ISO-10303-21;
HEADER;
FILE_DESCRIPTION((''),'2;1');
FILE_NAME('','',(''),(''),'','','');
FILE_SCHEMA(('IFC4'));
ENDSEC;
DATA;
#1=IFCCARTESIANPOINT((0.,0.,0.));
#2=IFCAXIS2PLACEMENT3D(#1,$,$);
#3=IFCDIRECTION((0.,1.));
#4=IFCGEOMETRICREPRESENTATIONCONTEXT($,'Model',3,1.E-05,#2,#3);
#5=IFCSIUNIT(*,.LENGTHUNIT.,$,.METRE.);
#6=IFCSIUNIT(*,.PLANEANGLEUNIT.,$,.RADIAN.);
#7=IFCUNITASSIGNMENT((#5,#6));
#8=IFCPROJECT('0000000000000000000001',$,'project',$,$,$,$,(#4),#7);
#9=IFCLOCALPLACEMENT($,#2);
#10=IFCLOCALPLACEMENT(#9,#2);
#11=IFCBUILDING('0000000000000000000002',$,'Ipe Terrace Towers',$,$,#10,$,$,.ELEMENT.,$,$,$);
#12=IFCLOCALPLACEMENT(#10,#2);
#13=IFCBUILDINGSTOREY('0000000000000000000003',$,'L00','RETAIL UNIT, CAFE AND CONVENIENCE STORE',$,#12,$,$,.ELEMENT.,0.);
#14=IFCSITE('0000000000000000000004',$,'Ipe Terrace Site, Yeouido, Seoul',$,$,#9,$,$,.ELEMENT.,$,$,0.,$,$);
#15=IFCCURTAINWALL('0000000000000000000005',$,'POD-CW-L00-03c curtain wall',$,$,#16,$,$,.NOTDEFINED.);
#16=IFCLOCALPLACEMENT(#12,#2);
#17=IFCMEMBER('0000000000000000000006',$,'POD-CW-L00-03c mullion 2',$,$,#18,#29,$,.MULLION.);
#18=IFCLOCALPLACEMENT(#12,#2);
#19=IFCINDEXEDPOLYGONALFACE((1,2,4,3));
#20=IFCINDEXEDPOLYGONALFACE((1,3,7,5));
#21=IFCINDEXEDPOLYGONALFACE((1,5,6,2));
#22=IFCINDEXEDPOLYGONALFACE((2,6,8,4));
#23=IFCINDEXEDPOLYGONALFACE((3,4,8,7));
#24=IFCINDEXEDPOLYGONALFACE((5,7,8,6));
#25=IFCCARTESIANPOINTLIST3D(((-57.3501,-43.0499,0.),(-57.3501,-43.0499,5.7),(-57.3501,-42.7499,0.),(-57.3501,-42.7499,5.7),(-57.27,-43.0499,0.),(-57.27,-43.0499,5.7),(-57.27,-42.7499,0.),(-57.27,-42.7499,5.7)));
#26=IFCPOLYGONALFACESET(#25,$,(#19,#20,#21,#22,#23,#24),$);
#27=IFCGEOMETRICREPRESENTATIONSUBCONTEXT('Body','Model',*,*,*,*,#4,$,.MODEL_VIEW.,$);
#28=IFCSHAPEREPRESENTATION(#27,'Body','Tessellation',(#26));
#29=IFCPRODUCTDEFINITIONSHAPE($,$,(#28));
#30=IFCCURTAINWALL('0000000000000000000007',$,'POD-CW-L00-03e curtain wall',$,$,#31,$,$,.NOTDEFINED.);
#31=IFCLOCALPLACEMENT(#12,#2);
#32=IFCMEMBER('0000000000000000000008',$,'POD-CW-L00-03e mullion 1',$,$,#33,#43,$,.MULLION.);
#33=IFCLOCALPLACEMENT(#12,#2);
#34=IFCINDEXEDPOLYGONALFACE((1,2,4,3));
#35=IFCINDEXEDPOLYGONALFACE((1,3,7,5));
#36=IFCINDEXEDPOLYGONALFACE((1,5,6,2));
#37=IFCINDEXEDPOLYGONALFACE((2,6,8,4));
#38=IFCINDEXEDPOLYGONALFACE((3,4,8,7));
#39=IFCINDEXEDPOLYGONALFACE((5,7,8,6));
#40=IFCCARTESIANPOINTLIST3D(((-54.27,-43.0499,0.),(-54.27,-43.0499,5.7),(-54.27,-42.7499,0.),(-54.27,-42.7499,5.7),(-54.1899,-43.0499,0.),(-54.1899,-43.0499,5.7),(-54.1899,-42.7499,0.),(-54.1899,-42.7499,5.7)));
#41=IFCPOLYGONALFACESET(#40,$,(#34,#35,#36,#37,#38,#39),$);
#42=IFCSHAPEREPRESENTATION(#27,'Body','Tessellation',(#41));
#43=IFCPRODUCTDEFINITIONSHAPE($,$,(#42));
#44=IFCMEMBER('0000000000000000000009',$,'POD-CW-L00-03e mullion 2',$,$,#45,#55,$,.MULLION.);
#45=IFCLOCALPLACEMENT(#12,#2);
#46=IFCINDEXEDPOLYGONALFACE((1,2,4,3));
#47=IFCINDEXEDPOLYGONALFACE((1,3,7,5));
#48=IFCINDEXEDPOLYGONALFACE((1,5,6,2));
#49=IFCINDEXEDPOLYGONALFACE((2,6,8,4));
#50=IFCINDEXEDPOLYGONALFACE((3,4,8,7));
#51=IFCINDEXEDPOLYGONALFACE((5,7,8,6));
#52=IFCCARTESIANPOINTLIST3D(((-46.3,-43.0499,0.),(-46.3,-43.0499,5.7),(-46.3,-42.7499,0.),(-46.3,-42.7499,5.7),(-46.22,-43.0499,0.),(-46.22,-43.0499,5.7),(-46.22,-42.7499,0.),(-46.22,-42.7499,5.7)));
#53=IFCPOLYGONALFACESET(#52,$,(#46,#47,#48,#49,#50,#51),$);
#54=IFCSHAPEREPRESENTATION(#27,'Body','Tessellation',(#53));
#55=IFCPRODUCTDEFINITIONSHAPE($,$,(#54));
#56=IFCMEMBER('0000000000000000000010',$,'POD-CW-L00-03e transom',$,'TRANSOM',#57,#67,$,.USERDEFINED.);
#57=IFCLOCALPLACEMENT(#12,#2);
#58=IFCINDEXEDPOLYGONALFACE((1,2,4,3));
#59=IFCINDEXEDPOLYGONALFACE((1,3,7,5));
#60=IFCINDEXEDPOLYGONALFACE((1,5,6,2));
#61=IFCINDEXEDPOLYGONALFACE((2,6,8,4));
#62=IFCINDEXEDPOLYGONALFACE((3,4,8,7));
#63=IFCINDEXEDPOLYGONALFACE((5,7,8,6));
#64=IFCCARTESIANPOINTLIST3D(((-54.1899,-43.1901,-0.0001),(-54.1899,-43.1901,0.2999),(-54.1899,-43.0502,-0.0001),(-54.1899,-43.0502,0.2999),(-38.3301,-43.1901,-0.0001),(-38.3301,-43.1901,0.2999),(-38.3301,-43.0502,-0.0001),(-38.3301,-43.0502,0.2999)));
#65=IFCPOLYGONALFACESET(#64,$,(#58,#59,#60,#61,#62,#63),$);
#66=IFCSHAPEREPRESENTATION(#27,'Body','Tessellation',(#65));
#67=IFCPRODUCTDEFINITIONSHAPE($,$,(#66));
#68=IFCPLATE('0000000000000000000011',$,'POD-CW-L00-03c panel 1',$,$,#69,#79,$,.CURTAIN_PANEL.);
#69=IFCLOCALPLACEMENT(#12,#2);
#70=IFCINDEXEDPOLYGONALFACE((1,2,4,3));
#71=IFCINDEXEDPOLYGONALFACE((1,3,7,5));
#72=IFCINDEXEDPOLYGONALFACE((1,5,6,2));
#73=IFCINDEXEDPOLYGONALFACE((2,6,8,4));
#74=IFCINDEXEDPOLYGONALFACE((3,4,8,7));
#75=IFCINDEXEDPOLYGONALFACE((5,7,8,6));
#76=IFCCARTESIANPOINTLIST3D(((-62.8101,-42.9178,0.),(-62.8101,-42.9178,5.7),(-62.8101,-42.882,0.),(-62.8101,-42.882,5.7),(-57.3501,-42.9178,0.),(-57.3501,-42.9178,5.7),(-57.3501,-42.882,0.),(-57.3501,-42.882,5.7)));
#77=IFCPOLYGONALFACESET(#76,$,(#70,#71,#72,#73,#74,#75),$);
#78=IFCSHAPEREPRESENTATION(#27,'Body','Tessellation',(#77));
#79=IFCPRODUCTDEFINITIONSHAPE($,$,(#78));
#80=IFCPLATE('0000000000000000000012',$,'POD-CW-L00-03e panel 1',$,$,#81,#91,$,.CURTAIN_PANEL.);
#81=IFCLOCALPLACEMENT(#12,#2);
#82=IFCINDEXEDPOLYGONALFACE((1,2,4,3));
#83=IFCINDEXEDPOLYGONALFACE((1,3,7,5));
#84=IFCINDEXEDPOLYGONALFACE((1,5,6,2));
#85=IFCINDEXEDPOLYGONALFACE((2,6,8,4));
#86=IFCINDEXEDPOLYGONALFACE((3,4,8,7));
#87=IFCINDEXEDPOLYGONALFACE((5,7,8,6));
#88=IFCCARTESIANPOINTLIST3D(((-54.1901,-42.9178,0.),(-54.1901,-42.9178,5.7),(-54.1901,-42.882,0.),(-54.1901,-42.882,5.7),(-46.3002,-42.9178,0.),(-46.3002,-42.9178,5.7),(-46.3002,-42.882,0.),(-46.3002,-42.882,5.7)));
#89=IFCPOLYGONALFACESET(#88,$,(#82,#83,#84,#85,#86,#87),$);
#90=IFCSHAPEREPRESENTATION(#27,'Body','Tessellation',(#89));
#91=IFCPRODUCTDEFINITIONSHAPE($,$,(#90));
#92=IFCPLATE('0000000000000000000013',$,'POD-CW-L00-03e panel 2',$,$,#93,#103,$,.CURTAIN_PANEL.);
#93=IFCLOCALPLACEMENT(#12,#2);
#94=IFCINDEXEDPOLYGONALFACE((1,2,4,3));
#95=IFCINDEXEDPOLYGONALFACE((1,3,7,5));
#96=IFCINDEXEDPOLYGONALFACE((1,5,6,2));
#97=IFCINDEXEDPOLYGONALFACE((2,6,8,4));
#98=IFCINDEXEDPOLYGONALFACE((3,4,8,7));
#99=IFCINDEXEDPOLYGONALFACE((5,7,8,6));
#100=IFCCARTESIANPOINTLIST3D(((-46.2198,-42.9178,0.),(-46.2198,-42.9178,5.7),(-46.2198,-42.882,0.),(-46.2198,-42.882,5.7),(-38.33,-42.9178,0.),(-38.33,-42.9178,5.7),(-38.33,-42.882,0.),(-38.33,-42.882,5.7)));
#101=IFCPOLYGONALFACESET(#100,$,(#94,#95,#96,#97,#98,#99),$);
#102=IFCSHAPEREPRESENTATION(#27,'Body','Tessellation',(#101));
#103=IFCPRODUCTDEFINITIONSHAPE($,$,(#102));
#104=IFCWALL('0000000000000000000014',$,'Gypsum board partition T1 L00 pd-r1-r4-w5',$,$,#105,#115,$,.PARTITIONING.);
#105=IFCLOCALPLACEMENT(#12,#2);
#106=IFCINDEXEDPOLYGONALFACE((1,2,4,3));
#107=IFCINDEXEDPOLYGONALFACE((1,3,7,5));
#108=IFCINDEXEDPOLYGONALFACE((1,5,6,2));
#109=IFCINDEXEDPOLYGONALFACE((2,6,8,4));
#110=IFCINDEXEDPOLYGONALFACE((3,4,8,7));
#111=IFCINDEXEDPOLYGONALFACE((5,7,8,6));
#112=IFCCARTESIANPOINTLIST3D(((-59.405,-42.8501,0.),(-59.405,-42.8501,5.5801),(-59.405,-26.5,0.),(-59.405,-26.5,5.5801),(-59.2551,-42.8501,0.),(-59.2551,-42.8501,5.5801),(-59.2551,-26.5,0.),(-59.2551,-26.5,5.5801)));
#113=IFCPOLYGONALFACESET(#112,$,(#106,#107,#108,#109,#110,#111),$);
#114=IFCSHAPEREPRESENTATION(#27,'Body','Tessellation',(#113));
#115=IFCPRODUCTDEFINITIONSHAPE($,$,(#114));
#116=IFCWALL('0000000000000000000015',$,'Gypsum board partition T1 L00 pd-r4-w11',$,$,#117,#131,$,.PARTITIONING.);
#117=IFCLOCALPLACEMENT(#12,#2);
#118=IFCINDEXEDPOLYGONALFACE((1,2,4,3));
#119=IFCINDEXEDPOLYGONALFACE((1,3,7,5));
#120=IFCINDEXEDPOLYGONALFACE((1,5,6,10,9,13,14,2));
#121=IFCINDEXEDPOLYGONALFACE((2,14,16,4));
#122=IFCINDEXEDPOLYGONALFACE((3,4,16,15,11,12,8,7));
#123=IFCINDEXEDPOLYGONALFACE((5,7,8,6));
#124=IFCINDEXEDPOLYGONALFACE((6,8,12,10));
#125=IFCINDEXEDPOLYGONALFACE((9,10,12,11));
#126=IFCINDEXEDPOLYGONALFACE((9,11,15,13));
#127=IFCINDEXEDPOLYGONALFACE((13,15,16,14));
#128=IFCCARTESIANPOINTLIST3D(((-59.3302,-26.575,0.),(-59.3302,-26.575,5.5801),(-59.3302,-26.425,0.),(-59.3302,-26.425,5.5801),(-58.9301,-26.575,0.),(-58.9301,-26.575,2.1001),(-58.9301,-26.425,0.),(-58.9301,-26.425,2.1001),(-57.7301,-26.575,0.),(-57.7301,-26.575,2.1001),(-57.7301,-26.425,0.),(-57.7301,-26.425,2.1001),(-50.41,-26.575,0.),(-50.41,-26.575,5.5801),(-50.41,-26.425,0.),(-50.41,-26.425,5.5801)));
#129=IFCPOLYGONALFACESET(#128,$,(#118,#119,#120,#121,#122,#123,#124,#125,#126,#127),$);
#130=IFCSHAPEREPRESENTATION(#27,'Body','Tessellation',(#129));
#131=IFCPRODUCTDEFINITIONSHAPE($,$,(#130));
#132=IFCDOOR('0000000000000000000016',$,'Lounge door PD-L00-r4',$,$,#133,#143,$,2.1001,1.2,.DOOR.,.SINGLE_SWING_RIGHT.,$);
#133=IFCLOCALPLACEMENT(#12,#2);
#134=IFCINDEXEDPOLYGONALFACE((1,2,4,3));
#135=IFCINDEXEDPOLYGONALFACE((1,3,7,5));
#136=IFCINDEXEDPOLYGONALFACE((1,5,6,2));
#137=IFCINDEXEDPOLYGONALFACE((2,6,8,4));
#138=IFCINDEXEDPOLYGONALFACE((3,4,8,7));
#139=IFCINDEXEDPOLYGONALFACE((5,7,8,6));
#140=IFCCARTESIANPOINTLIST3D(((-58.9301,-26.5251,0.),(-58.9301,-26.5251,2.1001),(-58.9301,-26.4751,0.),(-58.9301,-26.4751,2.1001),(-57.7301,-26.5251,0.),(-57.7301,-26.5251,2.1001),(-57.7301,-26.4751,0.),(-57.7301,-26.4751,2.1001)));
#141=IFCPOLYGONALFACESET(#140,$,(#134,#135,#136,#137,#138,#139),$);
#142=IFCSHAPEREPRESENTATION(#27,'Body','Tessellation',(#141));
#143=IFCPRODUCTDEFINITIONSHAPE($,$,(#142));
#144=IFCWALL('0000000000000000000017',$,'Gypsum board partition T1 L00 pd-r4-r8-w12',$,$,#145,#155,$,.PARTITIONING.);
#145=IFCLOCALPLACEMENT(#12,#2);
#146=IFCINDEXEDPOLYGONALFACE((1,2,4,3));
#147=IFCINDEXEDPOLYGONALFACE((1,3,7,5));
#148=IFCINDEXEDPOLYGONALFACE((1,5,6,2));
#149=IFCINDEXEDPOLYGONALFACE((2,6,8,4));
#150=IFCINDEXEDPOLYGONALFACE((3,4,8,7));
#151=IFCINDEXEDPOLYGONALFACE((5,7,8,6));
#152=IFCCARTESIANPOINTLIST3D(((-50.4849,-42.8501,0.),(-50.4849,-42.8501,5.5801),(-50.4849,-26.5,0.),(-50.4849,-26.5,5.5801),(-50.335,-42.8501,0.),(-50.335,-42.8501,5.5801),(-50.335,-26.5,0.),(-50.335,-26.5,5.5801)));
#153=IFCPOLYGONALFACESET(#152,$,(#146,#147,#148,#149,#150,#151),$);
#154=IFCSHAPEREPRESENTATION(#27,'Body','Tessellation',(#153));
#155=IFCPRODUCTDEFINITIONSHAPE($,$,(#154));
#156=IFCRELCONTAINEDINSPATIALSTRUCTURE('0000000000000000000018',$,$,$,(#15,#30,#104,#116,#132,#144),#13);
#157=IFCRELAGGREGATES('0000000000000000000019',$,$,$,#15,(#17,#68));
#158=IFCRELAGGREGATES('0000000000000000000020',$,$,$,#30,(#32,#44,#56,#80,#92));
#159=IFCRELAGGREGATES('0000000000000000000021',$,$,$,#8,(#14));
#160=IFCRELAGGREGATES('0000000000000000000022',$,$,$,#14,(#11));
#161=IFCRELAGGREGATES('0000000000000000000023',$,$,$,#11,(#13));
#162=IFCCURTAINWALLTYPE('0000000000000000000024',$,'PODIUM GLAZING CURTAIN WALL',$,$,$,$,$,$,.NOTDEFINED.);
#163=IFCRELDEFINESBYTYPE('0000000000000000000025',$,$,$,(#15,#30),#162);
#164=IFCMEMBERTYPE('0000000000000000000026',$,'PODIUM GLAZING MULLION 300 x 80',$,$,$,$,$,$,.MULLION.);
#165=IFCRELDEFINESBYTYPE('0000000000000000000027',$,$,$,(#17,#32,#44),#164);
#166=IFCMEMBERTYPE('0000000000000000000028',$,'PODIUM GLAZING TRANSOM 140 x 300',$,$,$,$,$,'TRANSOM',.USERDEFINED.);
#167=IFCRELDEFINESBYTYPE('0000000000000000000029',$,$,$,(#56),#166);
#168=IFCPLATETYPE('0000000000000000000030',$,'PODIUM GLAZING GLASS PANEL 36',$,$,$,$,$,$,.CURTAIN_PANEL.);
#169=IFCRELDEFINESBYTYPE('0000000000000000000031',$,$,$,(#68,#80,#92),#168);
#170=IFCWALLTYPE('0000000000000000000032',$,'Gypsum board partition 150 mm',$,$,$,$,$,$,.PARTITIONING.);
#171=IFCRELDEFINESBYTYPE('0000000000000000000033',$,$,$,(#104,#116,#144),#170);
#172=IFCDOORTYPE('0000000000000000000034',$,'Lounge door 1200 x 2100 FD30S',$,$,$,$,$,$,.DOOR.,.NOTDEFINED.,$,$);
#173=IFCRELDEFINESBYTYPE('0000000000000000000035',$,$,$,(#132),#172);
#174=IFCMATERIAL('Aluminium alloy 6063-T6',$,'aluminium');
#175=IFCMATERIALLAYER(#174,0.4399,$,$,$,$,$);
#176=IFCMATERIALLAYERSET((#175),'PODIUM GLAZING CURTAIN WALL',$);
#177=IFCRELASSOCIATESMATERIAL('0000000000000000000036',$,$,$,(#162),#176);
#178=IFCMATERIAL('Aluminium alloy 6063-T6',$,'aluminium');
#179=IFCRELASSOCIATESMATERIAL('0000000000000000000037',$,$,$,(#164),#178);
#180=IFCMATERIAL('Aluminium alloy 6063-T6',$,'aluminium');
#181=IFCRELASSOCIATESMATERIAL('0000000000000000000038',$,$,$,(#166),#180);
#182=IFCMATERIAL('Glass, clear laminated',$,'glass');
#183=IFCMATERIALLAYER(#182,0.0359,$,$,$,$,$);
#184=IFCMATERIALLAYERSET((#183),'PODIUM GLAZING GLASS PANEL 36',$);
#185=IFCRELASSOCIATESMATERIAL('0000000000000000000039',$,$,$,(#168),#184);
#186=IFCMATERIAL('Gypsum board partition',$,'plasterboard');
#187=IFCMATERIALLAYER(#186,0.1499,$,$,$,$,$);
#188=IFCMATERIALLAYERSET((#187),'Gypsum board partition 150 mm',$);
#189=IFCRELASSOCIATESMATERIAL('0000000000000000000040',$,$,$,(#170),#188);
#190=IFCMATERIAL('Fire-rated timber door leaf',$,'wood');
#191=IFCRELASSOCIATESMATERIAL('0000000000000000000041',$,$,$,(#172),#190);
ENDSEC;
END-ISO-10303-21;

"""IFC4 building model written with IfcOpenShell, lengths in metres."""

from ifc_helpers import new_model, si_unit, direction, frame, frame_2d, origin, origin_2d, place, context, subcontext, project, spatial, rectangle, extrude, material, layer, layer_set, material_profile, profile_set, type_object, element, fill, aggregate, save


model = new_model("IFC4")

# Units and contexts
model_context = context("Model", 3, precision=1e-05, world=origin(), true_north=direction((0.0, 1.0)))
body_context = subcontext(model_context, "Body", "Model", "MODEL_VIEW")
ifc_project = project(units=[si_unit("LENGTHUNIT", "METRE"), si_unit("PLANEANGLEUNIT", "RADIAN")], contexts=[model_context])

# Site, building, storey
site_placement = place(None, origin())
site = spatial("IfcSite", under=ifc_project, at=site_placement, Name="Ipe Terrace Site, Yeouido, Seoul", CompositionType="ELEMENT", RefElevation=0.0)
building_placement = place(site_placement, origin())
building = spatial("IfcBuilding", under=site, at=building_placement, Name="Ipe Terrace Towers", CompositionType="ELEMENT")
storey_placement = place(building_placement, origin())
storey = spatial("IfcBuildingStorey", under=building, at=storey_placement, Name="L00", Description="RETAIL UNIT, CAFE AND CONVENIENCE STORE", CompositionType="ELEMENT", Elevation=0.0)

# Curtain wall, member
ifc_material_1 = material(Name="Aluminium alloy 6063-T6", Category="aluminium")
ifc_layer_1 = layer(ifc_material_1, 0.4399)
ifc_layer_set_1 = layer_set([ifc_layer_1], Name="PODIUM GLAZING CURTAIN WALL")
curtain_wall_type = type_object("IfcCurtainWallType", Name="PODIUM GLAZING CURTAIN WALL", PredefinedType="NOTDEFINED", material=ifc_layer_set_1)
curtain_wall_1_placement = place(storey_placement, origin())
curtain_wall_1 = element("IfcCurtainWall", 1, at=curtain_wall_1_placement, inside=storey, type_object=curtain_wall_type, Name="POD-CW-L00-03c curtain wall", PredefinedType="NOTDEFINED")
ifc_material_2 = material(Name="Aluminium alloy 6063-T6", Category="aluminium")
ifc_material_profile_1 = material_profile(ifc_material_2, rectangle(XDim=0.3, YDim=0.0801, at=origin_2d()), Name="PODIUM GLAZING MULLION 300 x 80")
ifc_profile_set_1 = profile_set([ifc_material_profile_1], Name="Aluminium alloy 6063-T6")
member_type_1 = type_object("IfcMemberType", Name="PODIUM GLAZING MULLION 300 x 80", PredefinedType="MULLION", material=ifc_profile_set_1)
member_1_placement = place(storey_placement, frame((-57.3101, -42.8999, 0.0), z_axis=(0.0, 0.0, 1.0), x_axis=(0.0, -1.0, 0.0)))
member_1 = element("IfcMember", 2, at=member_1_placement, type_object=member_type_1, Name="POD-CW-L00-03c mullion 2", PredefinedType="MULLION", context=body_context, shape_type="SweptSolid", body=[
    extrude(rectangle(XDim=0.3, YDim=0.0801, at=origin_2d()), origin(), (0.0, 0.0, 1.0), 5.7),
])

# Curtain wall, members
curtain_wall_2_placement = place(storey_placement, origin())
curtain_wall_2 = element("IfcCurtainWall", 3, at=curtain_wall_2_placement, inside=storey, type_object=curtain_wall_type, Name="POD-CW-L00-03e curtain wall", PredefinedType="NOTDEFINED")
member_2_placement = place(storey_placement, frame((-54.23, -42.8999, 0.0), z_axis=(0.0, 0.0, 1.0), x_axis=(0.0, -1.0, 0.0)))
member_2 = element("IfcMember", 4, at=member_2_placement, type_object=member_type_1, Name="POD-CW-L00-03e mullion 1", PredefinedType="MULLION", context=body_context, shape_type="SweptSolid", body=[
    extrude(rectangle(XDim=0.3, YDim=0.0801, at=origin_2d()), origin(), (0.0, 0.0, 1.0), 5.7),
])
member_3_placement = place(storey_placement, frame((-46.26, -42.8999, 0.0), z_axis=(0.0, 0.0, 1.0), x_axis=(0.0, -1.0, 0.0)))
member_3 = element("IfcMember", 5, at=member_3_placement, type_object=member_type_1, Name="POD-CW-L00-03e mullion 2", PredefinedType="MULLION", context=body_context, shape_type="SweptSolid", body=[
    extrude(rectangle(XDim=0.3, YDim=0.0801, at=origin_2d()), origin(), (0.0, 0.0, 1.0), 5.7),
])
ifc_material_3 = material(Name="Aluminium alloy 6063-T6", Category="aluminium")
ifc_material_profile_2 = material_profile(ifc_material_3, rectangle(XDim=0.1399, YDim=0.3, at=origin_2d()), Name="PODIUM GLAZING TRANSOM 140 x 300")
ifc_profile_set_2 = profile_set([ifc_material_profile_2], Name="Aluminium alloy 6063-T6")
member_type_2 = type_object("IfcMemberType", Name="PODIUM GLAZING TRANSOM 140 x 300", ElementType="TRANSOM", PredefinedType="USERDEFINED", material=ifc_profile_set_2)
member_4_placement = place(storey_placement, frame((-54.1899, -43.1201, 0.1499), z_axis=(1.0, 0.0, 0.0), x_axis=(0.0, -1.0, 0.0)))
member_4 = element("IfcMember", 6, at=member_4_placement, type_object=member_type_2, Name="POD-CW-L00-03e transom", ObjectType="TRANSOM", PredefinedType="USERDEFINED", context=body_context, shape_type="SweptSolid", body=[
    extrude(rectangle(XDim=0.1399, YDim=0.3, at=origin_2d()), origin(), (0.0, 0.0, 1.0), 15.8599),
])

# Plates
ifc_material_4 = material(Name="Glass, clear laminated", Category="glass")
ifc_layer_2 = layer(ifc_material_4, 0.0359)
ifc_layer_set_2 = layer_set([ifc_layer_2], Name="PODIUM GLAZING GLASS PANEL 36")
plate_type = type_object("IfcPlateType", Name="PODIUM GLAZING GLASS PANEL 36", PredefinedType="CURTAIN_PANEL", material=ifc_layer_set_2)
plate_1_placement = place(storey_placement, frame((-60.0801, -42.8999, 0.0), z_axis=(0.0, 0.0, 1.0), x_axis=(1.0, 0.0, 0.0)))
plate_1 = element("IfcPlate", 7, at=plate_1_placement, type_object=plate_type, Name="POD-CW-L00-03c panel 1", PredefinedType="CURTAIN_PANEL", context=body_context, shape_type="SweptSolid", body=[
    extrude(rectangle(XDim=5.46, YDim=0.0359, at=origin_2d()), origin(), (0.0, 0.0, 1.0), 5.7),
])
aggregate(curtain_wall_1, [member_1, plate_1])
plate_2_placement = place(storey_placement, frame((-50.2451, -42.8999, 0.0), z_axis=(0.0, 0.0, 1.0), x_axis=(1.0, 0.0, 0.0)))
plate_2 = element("IfcPlate", 8, at=plate_2_placement, type_object=plate_type, Name="POD-CW-L00-03e panel 1", PredefinedType="CURTAIN_PANEL", context=body_context, shape_type="SweptSolid", body=[
    extrude(rectangle(XDim=7.8899, YDim=0.0359, at=origin_2d()), origin(), (0.0, 0.0, 1.0), 5.7),
])
plate_3_placement = place(storey_placement, frame((-42.2749, -42.8999, 0.0), z_axis=(0.0, 0.0, 1.0), x_axis=(1.0, 0.0, 0.0)))
plate_3 = element("IfcPlate", 9, at=plate_3_placement, type_object=plate_type, Name="POD-CW-L00-03e panel 2", PredefinedType="CURTAIN_PANEL", context=body_context, shape_type="SweptSolid", body=[
    extrude(rectangle(XDim=7.8899, YDim=0.0359, at=origin_2d()), origin(), (0.0, 0.0, 1.0), 5.7),
])
aggregate(curtain_wall_2, [member_2, member_3, member_4, plate_2, plate_3])

# Wall
ifc_material_5 = material(Name="Gypsum board partition", Category="plasterboard")
ifc_layer_3 = layer(ifc_material_5, 0.1499)
ifc_layer_set_3 = layer_set([ifc_layer_3], Name="Gypsum board partition 150 mm")
wall_type_1 = type_object("IfcWallType", Name="Gypsum board partition 150 mm", PredefinedType="PARTITIONING", material=ifc_layer_set_3)
wall_1_placement = place(storey_placement, frame((-59.3301, -26.5, 0.0), z_axis=(0.0, 0.0, 1.0), x_axis=(0.0, -1.0, 0.0)))
element("IfcWall", 10, at=wall_1_placement, inside=storey, type_object=wall_type_1, Name="Gypsum board partition T1 L00 pd-r1-r4-w5", PredefinedType="PARTITIONING", context=body_context, shape_type="SweptSolid", body=[
    extrude(rectangle(XDim=16.3501, YDim=0.1499, at=frame_2d((8.175, 0.0))), origin(), (0.0, 0.0, 1.0), 5.5801),
])

# Wall, opening, door
wall_2_placement = place(storey_placement, frame((-59.3301, -26.5, 0.0), z_axis=(0.0, 0.0, 1.0), x_axis=(1.0, 0.0, 0.0)))
wall_2 = element("IfcWall", 11, at=wall_2_placement, inside=storey, type_object=wall_type_1, Name="Gypsum board partition T1 L00 pd-r4-w11", PredefinedType="PARTITIONING", context=body_context, shape_type="SweptSolid", body=[
    extrude(rectangle(XDim=8.9202, YDim=0.1499, at=frame_2d((4.46, 0.0))), origin(), (0.0, 0.0, 1.0), 5.5801),
])
opening_1_placement = place(wall_2_placement, frame((0.3999, 0.0, 0.0)))
opening_1 = element("IfcOpeningElement", 12, at=opening_1_placement, cuts=wall_2, PredefinedType="OPENING", context=body_context, shape_type="SweptSolid", body=[
    extrude(rectangle(XDim=1.2, YDim=2.1001, at=frame_2d((0.6001, 1.05))), frame((0.0, 0.085, 0.0), z_axis=(0.0, -1.0, 0.0), x_axis=(1.0, 0.0, 0.0)), (0.0, 0.0, 1.0), 0.1699),
])
ifc_material_6 = material(Name="Fire-rated timber door leaf", Category="wood")
door_type_1 = type_object("IfcDoorType", Name="Lounge door 1200 x 2100 FD30S", OperationType="NOTDEFINED", PredefinedType="DOOR", material=ifc_material_6)
door_1_placement = place(opening_1_placement, origin())
door_1 = element("IfcDoor", 13, at=door_1_placement, inside=storey, type_object=door_type_1, Name="Lounge door PD-L00-r4", OperationType="SINGLE_SWING_RIGHT", OverallHeight=2.1001, OverallWidth=1.2, PredefinedType="DOOR", context=body_context, shape_type="SweptSolid", body=[
    extrude(rectangle(XDim=1.2, YDim=2.1001, at=frame_2d((0.6001, 1.05))), frame((0.0, 0.0249, 0.0), z_axis=(0.0, -1.0, 0.0), x_axis=(1.0, 0.0, 0.0)), (0.0, 0.0, 1.0), 0.05),
])
fill(opening_1, door_1)

# Wall
wall_3_placement = place(storey_placement, frame((-50.4099, -26.5, 0.0), z_axis=(0.0, 0.0, 1.0), x_axis=(0.0, -1.0, 0.0)))
element("IfcWall", 14, at=wall_3_placement, inside=storey, type_object=wall_type_1, Name="Gypsum board partition T1 L00 pd-r4-r8-w12", PredefinedType="PARTITIONING", context=body_context, shape_type="SweptSolid", body=[
    extrude(rectangle(XDim=16.3501, YDim=0.1499, at=frame_2d((8.175, 0.0))), origin(), (0.0, 0.0, 1.0), 5.5801),
])

save(model, "model.ifc")
